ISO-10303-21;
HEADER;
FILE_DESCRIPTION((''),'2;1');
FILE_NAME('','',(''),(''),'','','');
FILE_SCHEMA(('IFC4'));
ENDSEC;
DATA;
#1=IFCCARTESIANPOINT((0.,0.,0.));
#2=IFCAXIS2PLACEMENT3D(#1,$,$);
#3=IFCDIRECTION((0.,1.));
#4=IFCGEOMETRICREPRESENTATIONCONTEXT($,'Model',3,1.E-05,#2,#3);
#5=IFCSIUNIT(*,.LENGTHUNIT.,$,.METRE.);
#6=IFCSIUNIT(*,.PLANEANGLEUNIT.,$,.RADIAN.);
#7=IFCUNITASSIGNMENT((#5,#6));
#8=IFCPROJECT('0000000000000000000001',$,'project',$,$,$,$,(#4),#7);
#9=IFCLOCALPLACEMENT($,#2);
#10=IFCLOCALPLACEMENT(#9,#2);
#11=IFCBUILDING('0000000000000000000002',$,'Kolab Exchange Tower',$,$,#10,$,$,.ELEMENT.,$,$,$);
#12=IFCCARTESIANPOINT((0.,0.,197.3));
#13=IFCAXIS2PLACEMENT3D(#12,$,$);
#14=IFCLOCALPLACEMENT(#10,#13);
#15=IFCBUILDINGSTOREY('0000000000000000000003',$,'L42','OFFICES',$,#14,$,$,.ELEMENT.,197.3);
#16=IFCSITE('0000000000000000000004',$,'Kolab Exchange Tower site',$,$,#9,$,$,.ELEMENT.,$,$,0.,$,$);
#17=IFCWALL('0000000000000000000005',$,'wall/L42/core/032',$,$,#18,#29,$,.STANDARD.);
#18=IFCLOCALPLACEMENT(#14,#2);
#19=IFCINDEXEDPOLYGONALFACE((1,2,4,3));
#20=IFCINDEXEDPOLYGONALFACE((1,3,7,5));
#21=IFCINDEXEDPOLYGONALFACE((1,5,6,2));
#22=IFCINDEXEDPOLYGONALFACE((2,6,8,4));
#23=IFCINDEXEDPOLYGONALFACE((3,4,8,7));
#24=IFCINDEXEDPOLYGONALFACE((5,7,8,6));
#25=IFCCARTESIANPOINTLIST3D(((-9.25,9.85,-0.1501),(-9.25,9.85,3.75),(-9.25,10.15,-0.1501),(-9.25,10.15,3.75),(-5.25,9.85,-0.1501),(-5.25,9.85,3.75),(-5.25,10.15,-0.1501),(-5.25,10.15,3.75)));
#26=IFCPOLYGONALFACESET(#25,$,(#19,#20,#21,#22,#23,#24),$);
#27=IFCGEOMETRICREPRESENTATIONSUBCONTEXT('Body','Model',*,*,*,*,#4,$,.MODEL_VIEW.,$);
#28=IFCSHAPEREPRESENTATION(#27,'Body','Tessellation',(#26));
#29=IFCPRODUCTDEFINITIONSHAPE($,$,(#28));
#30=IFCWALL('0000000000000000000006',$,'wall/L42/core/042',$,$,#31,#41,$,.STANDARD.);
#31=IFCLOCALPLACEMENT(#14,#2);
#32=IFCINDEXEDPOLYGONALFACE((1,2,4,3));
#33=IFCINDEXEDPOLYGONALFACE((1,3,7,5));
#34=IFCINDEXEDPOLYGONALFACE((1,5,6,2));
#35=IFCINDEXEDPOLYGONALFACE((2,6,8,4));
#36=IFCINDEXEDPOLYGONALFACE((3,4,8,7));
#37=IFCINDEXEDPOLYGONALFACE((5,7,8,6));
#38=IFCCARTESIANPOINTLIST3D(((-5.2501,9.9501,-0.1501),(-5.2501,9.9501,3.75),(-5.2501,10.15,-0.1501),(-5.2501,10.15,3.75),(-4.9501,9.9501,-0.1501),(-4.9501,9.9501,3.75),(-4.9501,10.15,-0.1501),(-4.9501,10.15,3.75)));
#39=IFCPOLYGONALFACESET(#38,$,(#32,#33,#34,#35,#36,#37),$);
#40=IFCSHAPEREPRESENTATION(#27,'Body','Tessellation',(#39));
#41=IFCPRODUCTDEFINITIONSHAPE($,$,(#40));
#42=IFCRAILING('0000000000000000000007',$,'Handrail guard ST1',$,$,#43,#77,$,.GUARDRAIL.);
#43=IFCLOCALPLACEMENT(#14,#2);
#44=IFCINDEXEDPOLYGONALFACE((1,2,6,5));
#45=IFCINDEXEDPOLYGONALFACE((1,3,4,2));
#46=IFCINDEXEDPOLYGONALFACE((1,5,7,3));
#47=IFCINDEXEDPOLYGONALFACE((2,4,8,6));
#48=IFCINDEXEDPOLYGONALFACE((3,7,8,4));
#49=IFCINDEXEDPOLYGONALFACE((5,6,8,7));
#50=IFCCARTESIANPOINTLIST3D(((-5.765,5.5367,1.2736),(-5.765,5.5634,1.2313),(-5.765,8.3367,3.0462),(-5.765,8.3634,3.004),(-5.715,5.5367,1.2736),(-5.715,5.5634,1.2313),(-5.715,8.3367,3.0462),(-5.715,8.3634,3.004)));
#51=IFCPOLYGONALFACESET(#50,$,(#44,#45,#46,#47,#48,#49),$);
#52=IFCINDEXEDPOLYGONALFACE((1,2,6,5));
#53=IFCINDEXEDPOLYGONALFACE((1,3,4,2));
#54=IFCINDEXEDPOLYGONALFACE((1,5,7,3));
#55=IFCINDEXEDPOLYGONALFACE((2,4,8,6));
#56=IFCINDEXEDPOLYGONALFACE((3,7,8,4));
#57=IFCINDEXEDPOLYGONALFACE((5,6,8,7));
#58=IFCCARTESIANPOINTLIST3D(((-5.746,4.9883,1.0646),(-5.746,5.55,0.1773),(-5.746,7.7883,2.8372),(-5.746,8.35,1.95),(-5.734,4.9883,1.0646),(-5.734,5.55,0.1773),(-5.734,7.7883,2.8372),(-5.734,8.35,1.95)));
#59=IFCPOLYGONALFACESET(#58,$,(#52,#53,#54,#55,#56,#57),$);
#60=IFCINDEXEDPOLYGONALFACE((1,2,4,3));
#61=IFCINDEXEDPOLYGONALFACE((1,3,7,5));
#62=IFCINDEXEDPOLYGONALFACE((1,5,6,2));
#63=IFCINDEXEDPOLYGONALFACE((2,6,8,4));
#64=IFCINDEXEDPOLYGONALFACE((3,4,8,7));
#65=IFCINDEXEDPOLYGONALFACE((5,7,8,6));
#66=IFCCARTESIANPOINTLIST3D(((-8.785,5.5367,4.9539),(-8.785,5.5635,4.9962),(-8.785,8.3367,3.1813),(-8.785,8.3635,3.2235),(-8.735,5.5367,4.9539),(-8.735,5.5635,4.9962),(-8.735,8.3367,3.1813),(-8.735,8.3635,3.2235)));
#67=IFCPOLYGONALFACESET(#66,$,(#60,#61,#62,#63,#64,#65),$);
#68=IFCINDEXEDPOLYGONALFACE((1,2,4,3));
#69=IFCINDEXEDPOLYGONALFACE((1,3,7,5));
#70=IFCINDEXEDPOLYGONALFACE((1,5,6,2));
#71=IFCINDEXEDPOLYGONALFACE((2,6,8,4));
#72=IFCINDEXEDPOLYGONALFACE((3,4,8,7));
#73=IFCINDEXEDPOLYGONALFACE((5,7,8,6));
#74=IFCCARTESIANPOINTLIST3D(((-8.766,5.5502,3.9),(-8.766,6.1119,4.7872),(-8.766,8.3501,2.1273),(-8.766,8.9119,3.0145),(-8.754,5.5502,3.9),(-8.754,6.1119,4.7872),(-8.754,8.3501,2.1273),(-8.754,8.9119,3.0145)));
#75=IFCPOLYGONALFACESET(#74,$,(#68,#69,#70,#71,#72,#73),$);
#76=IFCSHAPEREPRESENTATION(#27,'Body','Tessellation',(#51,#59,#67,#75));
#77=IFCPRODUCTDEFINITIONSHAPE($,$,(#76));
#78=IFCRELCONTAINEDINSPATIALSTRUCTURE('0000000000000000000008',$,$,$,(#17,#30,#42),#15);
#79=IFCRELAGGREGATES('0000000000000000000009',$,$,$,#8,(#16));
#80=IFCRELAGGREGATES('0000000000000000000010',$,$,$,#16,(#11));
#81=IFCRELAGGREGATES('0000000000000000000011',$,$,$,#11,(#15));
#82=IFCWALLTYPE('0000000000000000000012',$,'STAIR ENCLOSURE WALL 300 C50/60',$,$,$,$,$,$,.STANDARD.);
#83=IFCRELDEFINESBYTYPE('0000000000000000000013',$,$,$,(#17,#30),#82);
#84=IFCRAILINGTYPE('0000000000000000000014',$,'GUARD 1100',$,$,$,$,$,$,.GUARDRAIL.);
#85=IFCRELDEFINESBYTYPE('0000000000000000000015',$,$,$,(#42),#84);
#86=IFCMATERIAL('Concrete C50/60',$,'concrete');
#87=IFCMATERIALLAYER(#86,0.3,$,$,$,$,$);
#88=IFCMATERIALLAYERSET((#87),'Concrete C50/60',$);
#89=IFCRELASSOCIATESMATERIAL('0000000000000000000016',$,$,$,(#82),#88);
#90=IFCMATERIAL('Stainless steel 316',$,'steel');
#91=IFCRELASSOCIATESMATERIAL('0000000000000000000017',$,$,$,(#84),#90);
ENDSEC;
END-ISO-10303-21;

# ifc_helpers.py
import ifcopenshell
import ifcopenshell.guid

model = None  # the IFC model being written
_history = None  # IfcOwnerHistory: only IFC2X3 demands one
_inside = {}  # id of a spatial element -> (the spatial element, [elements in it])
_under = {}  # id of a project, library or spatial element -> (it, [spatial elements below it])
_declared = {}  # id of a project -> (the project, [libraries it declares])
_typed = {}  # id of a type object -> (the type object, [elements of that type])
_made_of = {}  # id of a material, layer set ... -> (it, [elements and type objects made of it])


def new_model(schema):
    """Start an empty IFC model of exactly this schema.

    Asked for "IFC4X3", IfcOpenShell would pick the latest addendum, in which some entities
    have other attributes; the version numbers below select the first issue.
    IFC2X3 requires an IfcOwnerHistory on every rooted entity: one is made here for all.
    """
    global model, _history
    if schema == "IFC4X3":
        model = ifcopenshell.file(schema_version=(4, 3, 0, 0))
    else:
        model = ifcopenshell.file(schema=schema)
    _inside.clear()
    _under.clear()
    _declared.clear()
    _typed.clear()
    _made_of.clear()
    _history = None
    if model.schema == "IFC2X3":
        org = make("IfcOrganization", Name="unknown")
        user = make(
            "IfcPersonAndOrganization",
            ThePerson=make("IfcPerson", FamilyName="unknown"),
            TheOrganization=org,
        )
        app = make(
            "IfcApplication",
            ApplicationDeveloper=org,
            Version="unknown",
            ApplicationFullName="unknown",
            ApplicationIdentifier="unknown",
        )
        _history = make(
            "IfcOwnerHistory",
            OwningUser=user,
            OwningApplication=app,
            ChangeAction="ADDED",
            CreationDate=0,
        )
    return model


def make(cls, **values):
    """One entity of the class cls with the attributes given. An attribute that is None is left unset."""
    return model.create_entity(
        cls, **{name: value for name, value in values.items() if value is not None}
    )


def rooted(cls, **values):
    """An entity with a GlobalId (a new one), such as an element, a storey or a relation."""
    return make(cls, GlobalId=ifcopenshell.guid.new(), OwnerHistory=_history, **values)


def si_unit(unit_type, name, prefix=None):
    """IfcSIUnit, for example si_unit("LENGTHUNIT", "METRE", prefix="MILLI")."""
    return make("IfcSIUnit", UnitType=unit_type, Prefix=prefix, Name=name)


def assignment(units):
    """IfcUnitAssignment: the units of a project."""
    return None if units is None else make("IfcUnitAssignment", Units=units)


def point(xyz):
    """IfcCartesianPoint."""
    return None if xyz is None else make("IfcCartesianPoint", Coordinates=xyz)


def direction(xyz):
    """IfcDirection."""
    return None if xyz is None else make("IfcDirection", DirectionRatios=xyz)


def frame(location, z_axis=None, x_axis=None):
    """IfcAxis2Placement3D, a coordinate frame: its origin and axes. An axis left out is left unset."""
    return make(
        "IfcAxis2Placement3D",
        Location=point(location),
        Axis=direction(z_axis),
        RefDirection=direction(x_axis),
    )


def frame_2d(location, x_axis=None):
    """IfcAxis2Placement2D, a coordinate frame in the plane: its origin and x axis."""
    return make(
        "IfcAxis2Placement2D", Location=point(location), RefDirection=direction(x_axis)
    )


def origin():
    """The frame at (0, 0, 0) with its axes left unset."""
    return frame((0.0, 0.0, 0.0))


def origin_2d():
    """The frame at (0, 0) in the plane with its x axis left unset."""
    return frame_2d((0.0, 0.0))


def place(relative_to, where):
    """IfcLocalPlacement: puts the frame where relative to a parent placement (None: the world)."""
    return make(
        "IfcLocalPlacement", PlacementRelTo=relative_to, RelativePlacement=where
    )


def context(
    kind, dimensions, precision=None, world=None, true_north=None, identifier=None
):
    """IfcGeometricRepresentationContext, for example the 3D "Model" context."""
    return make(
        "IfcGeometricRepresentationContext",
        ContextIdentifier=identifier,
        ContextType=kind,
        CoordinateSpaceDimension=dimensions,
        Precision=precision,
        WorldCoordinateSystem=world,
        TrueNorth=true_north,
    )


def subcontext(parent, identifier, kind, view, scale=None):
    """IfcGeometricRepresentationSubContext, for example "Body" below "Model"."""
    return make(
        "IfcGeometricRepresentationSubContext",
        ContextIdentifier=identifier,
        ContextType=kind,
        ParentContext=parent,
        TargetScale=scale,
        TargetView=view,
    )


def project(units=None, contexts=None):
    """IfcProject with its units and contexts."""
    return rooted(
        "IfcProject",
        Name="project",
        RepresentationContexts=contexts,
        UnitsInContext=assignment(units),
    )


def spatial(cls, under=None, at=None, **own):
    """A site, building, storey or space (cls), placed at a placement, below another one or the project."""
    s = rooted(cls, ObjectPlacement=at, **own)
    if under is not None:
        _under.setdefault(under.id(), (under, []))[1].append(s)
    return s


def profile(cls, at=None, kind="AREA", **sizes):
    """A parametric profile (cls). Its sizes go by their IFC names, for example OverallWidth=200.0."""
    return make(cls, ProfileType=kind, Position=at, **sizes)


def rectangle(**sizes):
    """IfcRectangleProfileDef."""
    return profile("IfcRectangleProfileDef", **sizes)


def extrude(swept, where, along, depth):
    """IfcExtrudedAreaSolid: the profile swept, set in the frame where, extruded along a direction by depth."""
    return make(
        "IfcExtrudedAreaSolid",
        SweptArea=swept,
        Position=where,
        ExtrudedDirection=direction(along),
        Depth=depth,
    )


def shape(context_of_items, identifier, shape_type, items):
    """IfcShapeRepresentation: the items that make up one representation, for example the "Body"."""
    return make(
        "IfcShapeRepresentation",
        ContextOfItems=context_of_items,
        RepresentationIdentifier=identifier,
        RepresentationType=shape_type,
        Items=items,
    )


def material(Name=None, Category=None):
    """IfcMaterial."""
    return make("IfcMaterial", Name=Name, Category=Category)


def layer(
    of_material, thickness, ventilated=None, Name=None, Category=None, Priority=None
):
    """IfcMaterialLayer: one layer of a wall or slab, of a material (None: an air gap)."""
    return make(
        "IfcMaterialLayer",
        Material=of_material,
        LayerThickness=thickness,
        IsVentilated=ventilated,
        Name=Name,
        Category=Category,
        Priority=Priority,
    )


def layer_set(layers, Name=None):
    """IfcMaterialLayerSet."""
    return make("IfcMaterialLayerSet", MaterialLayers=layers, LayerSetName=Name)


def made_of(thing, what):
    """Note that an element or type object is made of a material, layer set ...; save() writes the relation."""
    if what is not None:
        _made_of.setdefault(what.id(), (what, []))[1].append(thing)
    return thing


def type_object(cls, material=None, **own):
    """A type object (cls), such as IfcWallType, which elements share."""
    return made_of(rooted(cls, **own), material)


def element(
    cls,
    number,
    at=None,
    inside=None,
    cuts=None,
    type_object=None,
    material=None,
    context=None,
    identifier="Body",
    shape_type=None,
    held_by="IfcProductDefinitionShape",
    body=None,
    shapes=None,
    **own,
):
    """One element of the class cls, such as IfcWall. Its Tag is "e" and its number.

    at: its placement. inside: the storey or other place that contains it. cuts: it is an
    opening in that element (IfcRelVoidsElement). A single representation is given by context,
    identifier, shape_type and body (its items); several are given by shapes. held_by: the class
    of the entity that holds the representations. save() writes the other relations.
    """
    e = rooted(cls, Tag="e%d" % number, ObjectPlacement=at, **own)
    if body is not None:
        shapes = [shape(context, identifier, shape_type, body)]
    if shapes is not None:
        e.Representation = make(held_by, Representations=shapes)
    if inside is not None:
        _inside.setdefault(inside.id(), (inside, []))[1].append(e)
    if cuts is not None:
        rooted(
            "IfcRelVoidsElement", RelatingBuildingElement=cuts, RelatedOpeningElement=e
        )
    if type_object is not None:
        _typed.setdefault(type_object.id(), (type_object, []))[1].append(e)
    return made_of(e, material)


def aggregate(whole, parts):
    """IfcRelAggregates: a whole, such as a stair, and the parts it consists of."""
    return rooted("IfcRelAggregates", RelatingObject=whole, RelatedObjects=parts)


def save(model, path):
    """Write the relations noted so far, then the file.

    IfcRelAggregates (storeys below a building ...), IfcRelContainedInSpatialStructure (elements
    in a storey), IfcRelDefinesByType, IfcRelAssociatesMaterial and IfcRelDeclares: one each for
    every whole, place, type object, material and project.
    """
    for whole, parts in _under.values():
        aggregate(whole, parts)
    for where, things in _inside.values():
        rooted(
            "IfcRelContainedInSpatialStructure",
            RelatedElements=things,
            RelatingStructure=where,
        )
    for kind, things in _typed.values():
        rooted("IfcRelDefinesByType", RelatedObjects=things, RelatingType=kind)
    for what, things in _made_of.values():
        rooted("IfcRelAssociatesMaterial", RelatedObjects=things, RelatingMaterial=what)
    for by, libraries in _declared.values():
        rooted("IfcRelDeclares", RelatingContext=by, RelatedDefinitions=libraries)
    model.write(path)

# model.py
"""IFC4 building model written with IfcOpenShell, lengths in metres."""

from ifc_helpers import new_model, si_unit, direction, frame, frame_2d, origin, origin_2d, place, context, subcontext, project, spatial, rectangle, extrude, material, layer, layer_set, type_object, element, save


model = new_model("IFC4")

# Units and contexts
model_context = context("Model", 3, precision=1e-05, world=origin(), true_north=direction((0.0, 1.0)))
body_context = subcontext(model_context, "Body", "Model", "MODEL_VIEW")
ifc_project = project(units=[si_unit("LENGTHUNIT", "METRE"), si_unit("PLANEANGLEUNIT", "RADIAN")], contexts=[model_context])

# Site, building, storey
site_placement = place(None, origin())
site = spatial("IfcSite", under=ifc_project, at=site_placement, Name="Kolab Exchange Tower site", CompositionType="ELEMENT", RefElevation=0.0)
building_placement = place(site_placement, origin())
building = spatial("IfcBuilding", under=site, at=building_placement, Name="Kolab Exchange Tower", CompositionType="ELEMENT")
storey_placement = place(building_placement, frame((0.0, 0.0, 197.3)))
storey = spatial("IfcBuildingStorey", under=building, at=storey_placement, Name="L42", Description="OFFICES", CompositionType="ELEMENT", Elevation=197.3)

# Shared definitions
ifc_material_1 = material(Name="Concrete C50/60", Category="concrete")
ifc_material_2 = material(Name="Stainless steel 316", Category="steel")

# Walls
ifc_layer_1 = layer(ifc_material_1, 0.3)
ifc_layer_set_1 = layer_set([ifc_layer_1], Name="Concrete C50/60")
wall_type_1 = type_object("IfcWallType", Name="STAIR ENCLOSURE WALL 300 C50/60", PredefinedType="STANDARD", material=ifc_layer_set_1)
wall_1_placement = place(storey_placement, frame((-9.25, 10.0, -0.1501), z_axis=(0.0, 0.0, 1.0), x_axis=(1.0, 0.0, 0.0)))
element("IfcWall", 1, at=wall_1_placement, inside=storey, type_object=wall_type_1, Name="wall/L42/core/032", PredefinedType="STANDARD", context=body_context, shape_type="SweptSolid", body=[
    extrude(rectangle(XDim=4.0, YDim=0.3, at=frame_2d((2.0, 0.0))), origin(), (0.0, 0.0, 1.0), 3.9001),
])
wall_2_placement = place(storey_placement, frame((-5.1001, 9.95, -0.1501), z_axis=(0.0, 0.0, 1.0), x_axis=(0.0, 1.0, 0.0)))
element("IfcWall", 2, at=wall_2_placement, inside=storey, type_object=wall_type_1, Name="wall/L42/core/042", PredefinedType="STANDARD", context=body_context, shape_type="SweptSolid", body=[
    extrude(rectangle(XDim=0.2, YDim=0.3, at=frame_2d((0.1001, 0.0))), origin(), (0.0, 0.0, 1.0), 3.9001),
])

# Railing
railing_type = type_object("IfcRailingType", Name="GUARD 1100", PredefinedType="GUARDRAIL", material=ifc_material_2)
railing_placement = place(storey_placement, frame((-5.74, 5.55, 0.1772)))
element("IfcRailing", 3, at=railing_placement, inside=storey, type_object=railing_type, Name="Handrail guard ST1", PredefinedType="GUARDRAIL", context=body_context, shape_type="SweptSolid", body=[
    extrude(rectangle(XDim=0.05, YDim=0.05, at=origin_2d()), frame((0.0, 0.0, 1.0752), z_axis=(0.0, 0.844909, 0.53491), x_axis=(-1.0, 0.0, 0.0)), (0.0, 0.0, 1.0), 3.314),
    extrude(rectangle(XDim=0.012, YDim=1.0501, at=frame_2d((0.0, 0.5251))), frame((0.0, 0.0, 0.0), z_axis=(0.0, 0.844909, 0.53491), x_axis=(-1.0, 0.0, 0.0)), (0.0, 0.0, 1.0), 3.314),
    extrude(rectangle(XDim=0.05, YDim=0.05, at=origin_2d()), frame((-3.02, 2.8, 3.0251), z_axis=(0.0, -0.844909, 0.53491), x_axis=(1.0, 0.0, 0.0)), (0.0, 0.0, 1.0), 3.314),
    extrude(rectangle(XDim=0.012, YDim=1.0501, at=frame_2d((0.0, 0.5251))), frame((-3.02, 2.8, 1.95), z_axis=(0.0, -0.844909, 0.53491), x_axis=(1.0, 0.0, 0.0)), (0.0, 0.0, 1.0), 3.314),
])

save(model, "model.ifc")
